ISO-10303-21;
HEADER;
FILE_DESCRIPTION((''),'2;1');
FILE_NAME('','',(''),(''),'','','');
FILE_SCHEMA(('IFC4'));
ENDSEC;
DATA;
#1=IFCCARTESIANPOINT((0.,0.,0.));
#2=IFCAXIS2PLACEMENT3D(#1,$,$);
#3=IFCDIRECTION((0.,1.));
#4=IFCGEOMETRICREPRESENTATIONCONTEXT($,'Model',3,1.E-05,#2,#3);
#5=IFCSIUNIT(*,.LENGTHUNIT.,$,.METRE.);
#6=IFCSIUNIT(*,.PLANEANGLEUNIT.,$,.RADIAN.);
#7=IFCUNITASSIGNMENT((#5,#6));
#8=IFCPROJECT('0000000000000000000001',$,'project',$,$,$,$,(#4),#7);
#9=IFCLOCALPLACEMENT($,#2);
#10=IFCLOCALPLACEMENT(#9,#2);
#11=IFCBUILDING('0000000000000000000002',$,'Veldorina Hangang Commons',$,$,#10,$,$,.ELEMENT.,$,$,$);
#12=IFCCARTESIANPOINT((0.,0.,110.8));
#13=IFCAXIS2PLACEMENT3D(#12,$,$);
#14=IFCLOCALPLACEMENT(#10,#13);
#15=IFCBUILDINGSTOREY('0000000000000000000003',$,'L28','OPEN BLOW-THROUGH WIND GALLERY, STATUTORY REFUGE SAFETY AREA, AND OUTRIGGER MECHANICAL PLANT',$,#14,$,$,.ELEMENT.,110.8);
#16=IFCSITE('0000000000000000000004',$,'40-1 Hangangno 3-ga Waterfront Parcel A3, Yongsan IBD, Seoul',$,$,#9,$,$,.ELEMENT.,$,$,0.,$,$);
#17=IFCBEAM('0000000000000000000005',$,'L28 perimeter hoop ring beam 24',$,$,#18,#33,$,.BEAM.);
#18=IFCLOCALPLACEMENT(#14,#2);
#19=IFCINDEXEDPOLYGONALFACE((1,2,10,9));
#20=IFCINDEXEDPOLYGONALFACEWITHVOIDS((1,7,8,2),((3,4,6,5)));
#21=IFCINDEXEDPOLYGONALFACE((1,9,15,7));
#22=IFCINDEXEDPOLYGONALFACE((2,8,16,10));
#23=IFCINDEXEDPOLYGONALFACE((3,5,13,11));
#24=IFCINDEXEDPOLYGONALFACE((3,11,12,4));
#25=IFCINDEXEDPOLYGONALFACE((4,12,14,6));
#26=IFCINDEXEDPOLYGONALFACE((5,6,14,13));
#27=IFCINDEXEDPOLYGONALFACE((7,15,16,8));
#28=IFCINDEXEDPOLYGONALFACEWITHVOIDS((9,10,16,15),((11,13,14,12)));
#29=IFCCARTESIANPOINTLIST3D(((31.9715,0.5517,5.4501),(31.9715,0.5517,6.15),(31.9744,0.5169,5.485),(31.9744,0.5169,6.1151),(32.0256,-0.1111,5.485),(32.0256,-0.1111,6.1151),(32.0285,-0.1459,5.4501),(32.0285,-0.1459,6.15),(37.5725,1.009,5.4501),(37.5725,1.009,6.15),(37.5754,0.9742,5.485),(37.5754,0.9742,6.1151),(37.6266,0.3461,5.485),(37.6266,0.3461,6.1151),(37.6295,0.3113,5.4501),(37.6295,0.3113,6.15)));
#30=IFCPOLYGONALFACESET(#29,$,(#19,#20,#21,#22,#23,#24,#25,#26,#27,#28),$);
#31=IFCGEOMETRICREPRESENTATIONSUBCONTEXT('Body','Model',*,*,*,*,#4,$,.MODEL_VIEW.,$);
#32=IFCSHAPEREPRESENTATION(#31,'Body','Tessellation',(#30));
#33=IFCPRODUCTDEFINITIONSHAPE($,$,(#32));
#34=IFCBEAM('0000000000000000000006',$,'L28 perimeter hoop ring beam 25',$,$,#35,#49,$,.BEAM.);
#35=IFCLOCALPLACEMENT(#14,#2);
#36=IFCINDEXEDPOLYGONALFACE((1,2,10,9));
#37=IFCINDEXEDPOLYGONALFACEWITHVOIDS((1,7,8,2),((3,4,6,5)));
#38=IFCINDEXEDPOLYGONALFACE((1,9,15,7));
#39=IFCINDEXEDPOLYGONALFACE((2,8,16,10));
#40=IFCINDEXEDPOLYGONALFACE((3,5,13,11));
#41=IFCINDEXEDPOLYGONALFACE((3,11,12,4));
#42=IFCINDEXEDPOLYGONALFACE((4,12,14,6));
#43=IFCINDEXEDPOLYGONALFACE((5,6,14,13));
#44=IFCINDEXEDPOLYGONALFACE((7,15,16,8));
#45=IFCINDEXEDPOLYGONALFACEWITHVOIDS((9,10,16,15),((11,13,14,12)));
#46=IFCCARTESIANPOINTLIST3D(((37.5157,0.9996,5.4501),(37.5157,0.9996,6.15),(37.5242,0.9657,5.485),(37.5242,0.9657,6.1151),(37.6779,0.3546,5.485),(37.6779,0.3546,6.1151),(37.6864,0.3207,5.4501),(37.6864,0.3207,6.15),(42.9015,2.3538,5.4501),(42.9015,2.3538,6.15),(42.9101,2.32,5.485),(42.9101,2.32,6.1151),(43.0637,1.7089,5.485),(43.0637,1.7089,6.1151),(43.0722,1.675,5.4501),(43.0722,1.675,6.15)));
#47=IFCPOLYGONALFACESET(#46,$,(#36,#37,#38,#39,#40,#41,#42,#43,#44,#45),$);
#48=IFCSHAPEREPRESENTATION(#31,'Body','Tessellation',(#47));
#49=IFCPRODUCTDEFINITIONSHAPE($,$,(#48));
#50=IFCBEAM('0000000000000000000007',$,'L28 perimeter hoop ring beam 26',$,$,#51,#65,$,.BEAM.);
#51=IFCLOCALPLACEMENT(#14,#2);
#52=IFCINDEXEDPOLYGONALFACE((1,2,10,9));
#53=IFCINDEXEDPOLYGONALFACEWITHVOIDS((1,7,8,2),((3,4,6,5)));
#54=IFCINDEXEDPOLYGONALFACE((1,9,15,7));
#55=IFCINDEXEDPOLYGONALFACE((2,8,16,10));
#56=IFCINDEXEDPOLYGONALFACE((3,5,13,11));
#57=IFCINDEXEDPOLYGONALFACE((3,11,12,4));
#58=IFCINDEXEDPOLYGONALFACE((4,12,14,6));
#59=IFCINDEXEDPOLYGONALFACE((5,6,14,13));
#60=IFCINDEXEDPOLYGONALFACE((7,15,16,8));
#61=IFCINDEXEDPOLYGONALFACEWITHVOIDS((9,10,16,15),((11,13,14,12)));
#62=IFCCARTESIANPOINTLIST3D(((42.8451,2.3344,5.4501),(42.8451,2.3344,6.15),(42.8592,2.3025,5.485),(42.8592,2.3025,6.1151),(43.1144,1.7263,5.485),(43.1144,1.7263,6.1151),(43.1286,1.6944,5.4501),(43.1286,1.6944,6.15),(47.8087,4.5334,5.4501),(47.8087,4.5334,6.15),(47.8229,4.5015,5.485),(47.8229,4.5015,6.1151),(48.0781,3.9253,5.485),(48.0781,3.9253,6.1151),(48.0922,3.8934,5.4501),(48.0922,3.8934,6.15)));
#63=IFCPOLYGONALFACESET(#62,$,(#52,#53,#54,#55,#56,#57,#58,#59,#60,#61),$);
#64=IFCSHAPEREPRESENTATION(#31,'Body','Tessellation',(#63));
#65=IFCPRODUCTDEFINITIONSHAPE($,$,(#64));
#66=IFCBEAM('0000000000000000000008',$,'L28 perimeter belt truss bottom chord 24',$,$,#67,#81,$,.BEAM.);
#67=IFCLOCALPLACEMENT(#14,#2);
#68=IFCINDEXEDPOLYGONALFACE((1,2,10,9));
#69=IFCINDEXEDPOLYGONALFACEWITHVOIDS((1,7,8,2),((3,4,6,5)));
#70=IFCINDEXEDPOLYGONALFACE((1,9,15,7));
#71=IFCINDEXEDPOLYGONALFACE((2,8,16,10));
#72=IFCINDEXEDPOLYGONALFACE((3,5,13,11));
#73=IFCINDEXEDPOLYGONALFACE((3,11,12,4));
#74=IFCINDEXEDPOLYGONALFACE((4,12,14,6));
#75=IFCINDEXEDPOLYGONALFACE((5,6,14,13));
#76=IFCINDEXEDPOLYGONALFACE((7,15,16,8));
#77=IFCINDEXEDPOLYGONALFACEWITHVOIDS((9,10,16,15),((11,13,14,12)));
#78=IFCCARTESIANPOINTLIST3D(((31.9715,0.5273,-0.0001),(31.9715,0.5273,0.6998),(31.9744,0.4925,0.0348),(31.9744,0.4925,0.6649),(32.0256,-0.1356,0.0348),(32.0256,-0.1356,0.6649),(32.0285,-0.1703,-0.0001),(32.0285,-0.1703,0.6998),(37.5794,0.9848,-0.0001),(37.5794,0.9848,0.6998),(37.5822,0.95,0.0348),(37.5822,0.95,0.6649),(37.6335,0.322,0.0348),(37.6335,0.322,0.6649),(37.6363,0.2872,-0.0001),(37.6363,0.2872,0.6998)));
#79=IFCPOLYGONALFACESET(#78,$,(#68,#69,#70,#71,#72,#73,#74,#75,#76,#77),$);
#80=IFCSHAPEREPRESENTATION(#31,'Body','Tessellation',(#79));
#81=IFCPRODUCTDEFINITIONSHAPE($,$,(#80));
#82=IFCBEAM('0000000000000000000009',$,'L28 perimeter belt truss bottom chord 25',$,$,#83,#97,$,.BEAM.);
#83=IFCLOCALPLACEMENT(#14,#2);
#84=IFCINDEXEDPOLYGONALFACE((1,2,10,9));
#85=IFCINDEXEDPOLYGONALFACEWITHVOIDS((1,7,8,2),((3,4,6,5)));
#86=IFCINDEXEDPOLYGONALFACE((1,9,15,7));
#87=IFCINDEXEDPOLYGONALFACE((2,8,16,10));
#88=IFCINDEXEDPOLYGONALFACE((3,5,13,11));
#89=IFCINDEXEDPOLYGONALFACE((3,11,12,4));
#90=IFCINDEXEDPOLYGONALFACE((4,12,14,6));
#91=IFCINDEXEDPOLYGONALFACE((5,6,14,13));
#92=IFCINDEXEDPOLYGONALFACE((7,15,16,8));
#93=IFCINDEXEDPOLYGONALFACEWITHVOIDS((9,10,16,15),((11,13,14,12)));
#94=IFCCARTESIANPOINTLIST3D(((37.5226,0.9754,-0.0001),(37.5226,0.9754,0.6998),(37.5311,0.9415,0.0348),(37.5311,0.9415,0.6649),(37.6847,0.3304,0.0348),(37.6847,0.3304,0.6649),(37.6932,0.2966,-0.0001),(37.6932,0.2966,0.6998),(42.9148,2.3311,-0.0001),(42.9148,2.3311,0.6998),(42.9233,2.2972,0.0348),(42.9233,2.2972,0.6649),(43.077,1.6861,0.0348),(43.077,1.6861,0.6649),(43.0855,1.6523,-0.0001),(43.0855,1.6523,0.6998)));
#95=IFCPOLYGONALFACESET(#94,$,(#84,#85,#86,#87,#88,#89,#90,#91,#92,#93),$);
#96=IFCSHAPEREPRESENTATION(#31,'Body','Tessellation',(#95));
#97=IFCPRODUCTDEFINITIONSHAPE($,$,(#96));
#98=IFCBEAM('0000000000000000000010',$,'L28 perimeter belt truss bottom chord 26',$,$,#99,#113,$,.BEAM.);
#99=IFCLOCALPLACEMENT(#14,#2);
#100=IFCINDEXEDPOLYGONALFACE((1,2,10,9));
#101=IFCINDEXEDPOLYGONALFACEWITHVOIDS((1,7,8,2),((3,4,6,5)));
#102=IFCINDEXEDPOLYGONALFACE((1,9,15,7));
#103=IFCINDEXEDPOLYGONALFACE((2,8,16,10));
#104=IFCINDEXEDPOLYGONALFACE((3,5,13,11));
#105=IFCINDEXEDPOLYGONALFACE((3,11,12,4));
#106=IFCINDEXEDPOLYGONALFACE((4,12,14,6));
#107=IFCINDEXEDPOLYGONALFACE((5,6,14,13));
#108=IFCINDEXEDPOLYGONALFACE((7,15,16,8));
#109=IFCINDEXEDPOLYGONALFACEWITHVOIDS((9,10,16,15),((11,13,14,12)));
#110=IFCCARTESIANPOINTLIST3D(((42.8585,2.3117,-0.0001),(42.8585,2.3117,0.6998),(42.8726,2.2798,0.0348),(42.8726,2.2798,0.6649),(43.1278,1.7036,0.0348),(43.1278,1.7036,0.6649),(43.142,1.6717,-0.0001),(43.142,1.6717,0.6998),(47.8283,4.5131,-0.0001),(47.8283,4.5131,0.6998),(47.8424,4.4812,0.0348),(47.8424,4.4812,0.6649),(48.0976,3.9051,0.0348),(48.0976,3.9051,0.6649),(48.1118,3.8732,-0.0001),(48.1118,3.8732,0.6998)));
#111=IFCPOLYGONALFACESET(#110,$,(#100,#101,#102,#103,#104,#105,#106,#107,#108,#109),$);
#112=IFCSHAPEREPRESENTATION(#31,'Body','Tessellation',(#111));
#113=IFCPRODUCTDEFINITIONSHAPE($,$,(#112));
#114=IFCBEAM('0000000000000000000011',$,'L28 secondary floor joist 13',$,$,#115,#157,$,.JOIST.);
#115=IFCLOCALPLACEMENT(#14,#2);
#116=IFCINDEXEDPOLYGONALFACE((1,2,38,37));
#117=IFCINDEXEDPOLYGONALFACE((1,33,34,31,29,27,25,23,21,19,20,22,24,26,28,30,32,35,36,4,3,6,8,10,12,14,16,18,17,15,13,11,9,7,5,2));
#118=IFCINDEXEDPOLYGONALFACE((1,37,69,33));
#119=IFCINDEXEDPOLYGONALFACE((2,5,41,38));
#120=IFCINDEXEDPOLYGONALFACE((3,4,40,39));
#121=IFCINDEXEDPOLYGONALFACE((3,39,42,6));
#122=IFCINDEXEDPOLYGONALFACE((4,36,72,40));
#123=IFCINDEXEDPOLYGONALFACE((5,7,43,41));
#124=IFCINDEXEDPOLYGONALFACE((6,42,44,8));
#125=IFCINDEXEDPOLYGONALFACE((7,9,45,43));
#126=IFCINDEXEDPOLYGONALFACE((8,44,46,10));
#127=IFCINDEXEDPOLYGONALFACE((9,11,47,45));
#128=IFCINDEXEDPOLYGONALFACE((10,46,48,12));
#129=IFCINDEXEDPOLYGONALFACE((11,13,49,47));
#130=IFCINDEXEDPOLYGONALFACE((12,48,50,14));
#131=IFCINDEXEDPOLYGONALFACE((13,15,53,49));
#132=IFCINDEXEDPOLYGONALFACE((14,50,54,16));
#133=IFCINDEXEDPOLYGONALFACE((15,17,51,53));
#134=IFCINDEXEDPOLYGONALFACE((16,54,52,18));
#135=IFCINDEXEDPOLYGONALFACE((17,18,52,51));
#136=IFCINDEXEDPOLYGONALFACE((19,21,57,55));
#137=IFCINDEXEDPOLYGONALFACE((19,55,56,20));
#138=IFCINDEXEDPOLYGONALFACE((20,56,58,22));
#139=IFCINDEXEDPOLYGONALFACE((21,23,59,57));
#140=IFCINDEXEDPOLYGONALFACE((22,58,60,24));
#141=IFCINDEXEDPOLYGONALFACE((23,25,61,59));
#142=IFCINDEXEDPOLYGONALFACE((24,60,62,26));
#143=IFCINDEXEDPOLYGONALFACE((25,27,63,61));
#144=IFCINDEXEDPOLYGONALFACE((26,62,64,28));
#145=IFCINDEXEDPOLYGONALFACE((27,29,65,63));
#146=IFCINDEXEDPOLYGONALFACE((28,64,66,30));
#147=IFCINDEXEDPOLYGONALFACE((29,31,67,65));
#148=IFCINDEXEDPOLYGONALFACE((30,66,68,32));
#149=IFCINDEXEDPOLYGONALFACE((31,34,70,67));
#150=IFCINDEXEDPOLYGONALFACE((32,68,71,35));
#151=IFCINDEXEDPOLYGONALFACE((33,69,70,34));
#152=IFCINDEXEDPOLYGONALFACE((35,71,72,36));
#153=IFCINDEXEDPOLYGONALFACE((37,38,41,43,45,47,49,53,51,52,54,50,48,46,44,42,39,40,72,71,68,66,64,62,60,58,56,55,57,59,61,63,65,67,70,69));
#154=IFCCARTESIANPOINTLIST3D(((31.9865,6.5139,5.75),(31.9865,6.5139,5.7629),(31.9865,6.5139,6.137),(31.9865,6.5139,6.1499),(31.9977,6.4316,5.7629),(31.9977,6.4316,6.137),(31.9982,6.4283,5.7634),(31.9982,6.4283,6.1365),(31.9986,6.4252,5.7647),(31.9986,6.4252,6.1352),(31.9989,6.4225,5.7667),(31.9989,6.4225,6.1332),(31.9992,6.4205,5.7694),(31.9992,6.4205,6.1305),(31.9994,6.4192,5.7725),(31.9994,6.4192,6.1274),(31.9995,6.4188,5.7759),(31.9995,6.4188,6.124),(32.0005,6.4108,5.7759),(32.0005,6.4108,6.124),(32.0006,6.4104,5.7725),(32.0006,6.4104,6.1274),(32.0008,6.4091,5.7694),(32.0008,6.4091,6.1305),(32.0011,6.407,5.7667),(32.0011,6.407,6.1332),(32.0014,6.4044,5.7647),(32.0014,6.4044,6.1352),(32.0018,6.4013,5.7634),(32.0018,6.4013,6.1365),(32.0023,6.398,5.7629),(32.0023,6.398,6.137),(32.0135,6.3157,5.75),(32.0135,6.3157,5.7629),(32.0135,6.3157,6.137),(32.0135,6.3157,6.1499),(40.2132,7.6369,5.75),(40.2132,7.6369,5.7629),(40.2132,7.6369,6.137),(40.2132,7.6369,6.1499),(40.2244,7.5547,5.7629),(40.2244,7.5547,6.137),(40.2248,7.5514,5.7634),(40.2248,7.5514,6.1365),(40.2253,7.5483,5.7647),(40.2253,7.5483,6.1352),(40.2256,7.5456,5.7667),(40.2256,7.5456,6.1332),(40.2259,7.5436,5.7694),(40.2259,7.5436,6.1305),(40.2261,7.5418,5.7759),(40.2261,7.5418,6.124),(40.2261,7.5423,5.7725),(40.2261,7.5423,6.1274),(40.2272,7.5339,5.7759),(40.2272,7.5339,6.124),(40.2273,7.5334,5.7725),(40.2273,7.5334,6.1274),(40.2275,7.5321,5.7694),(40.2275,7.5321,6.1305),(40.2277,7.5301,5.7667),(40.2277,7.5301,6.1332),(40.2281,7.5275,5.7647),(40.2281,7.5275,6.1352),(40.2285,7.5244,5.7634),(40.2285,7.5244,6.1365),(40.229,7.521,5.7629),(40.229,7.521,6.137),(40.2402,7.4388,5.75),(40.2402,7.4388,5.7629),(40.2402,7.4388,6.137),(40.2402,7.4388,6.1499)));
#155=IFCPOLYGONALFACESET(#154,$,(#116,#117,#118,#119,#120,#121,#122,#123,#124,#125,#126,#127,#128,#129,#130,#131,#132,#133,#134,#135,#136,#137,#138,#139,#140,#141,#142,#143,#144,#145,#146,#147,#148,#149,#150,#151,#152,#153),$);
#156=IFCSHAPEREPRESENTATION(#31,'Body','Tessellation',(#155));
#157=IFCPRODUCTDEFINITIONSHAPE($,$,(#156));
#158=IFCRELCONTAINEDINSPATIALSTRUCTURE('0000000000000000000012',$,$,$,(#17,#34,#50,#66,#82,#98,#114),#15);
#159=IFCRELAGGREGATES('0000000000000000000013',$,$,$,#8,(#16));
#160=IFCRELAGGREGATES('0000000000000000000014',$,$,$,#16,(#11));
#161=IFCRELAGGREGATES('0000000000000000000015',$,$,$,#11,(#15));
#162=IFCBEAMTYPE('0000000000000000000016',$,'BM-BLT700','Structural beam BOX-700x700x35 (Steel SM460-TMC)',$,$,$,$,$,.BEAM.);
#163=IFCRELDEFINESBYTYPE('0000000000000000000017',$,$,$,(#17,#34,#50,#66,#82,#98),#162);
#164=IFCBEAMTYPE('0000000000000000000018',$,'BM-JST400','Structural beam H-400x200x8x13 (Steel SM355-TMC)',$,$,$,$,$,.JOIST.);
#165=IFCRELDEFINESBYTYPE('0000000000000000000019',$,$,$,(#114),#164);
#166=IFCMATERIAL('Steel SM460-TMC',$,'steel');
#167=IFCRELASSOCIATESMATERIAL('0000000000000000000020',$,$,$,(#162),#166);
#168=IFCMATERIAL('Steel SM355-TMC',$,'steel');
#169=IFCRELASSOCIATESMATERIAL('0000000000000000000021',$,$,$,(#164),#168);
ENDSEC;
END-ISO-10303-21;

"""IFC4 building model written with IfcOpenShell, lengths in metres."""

from ifc_helpers import new_model, si_unit, direction, frame, origin, origin_2d, place, context, subcontext, project, spatial, hollow_rectangle, i_section, extrude, material, material_profile, profile_set, type_object, element, save


model = new_model("IFC4")

# Units and contexts
model_context = context("Model", 3, precision=1e-05, world=origin(), true_north=direction((0.0, 1.0)))
body_context = subcontext(model_context, "Body", "Model", "MODEL_VIEW")
ifc_project = project(units=[si_unit("LENGTHUNIT", "METRE"), si_unit("PLANEANGLEUNIT", "RADIAN")], contexts=[model_context])

# Site, building, storey
site_placement = place(None, origin())
site = spatial("IfcSite", under=ifc_project, at=site_placement, Name="40-1 Hangangno 3-ga Waterfront Parcel A3, Yongsan IBD, Seoul", CompositionType="ELEMENT", RefElevation=0.0)
building_placement = place(site_placement, origin())
building = spatial("IfcBuilding", under=site, at=building_placement, Name="Veldorina Hangang Commons", CompositionType="ELEMENT")
storey_placement = place(building_placement, frame((0.0, 0.0, 110.8)))
storey = spatial("IfcBuildingStorey", under=building, at=storey_placement, Name="L28", Description="OPEN BLOW-THROUGH WIND GALLERY, STATUTORY REFUGE SAFETY AREA, AND OUTRIGGER MECHANICAL PLANT", CompositionType="ELEMENT", Elevation=110.8)

# Beams
ifc_material_1 = material(Name="Steel SM460-TMC", Category="steel")
ifc_material_profile_1 = material_profile(ifc_material_1, hollow_rectangle(XDim=0.7, YDim=0.7, WallThickness=0.0349, at=origin_2d()), Name="BOX-700x700x35")
ifc_profile_set_1 = profile_set([ifc_material_profile_1], Name="Steel SM460-TMC")
beam_type_1 = type_object("IfcBeamType", Name="BM-BLT700", Description="Structural beam BOX-700x700x35 (Steel SM460-TMC)", PredefinedType="BEAM", material=ifc_profile_set_1)
beam_1_placement = place(storey_placement, frame((32.0, 0.2029, 5.8), z_axis=(0.996684, 0.08137, 0.0), x_axis=(-0.08137, 0.996684, 0.0)))
element("IfcBeam", 1, at=beam_1_placement, inside=storey, type_object=beam_type_1, Name="L28 perimeter hoop ring beam 24", PredefinedType="BEAM", context=body_context, shape_type="SweptSolid", body=[
    extrude(hollow_rectangle(XDim=0.7, YDim=0.7, WallThickness=0.0349, at=origin_2d()), origin(), (0.0, 0.0, 1.0), 5.6196),
])
beam_2_placement = place(storey_placement, frame((37.6011, 0.6602, 5.8), z_axis=(0.969811, 0.243859, 0.0), x_axis=(-0.243859, 0.969811, 0.0)))
element("IfcBeam", 2, at=beam_2_placement, inside=storey, type_object=beam_type_1, Name="L28 perimeter hoop ring beam 25", PredefinedType="BEAM", context=body_context, shape_type="SweptSolid", body=[
    extrude(hollow_rectangle(XDim=0.7, YDim=0.7, WallThickness=0.0349, at=origin_2d()), origin(), (0.0, 0.0, 1.0), 5.5535),
])
beam_3_placement = place(storey_placement, frame((42.9868, 2.0144, 5.8), z_axis=(0.914295, 0.405049, 0.0), x_axis=(-0.405049, 0.914295, 0.0)))
element("IfcBeam", 3, at=beam_3_placement, inside=storey, type_object=beam_type_1, Name="L28 perimeter hoop ring beam 26", PredefinedType="BEAM", context=body_context, shape_type="SweptSolid", body=[
    extrude(hollow_rectangle(XDim=0.7, YDim=0.7, WallThickness=0.0349, at=origin_2d()), origin(), (0.0, 0.0, 1.0), 5.429),
])
beam_4_placement = place(storey_placement, frame((32.0, 0.1785, 0.3499), z_axis=(0.996688, 0.081315, 0.0), x_axis=(-0.081315, 0.996688, 0.0)))
element("IfcBeam", 4, at=beam_4_placement, inside=storey, type_object=beam_type_1, Name="L28 perimeter belt truss bottom chord 24", PredefinedType="BEAM", context=body_context, shape_type="SweptSolid", body=[
    extrude(hollow_rectangle(XDim=0.7, YDim=0.7, WallThickness=0.0349, at=origin_2d()), origin(), (0.0, 0.0, 1.0), 5.6265),
])
beam_5_placement = place(storey_placement, frame((37.6079, 0.636, 0.3499), z_axis=(0.969819, 0.243827, 0.0), x_axis=(-0.243827, 0.969819, 0.0)))
element("IfcBeam", 5, at=beam_5_placement, inside=storey, type_object=beam_type_1, Name="L28 perimeter belt truss bottom chord 25", PredefinedType="BEAM", context=body_context, shape_type="SweptSolid", body=[
    extrude(hollow_rectangle(XDim=0.7, YDim=0.7, WallThickness=0.0349, at=origin_2d()), origin(), (0.0, 0.0, 1.0), 5.5601),
])
beam_6_placement = place(storey_placement, frame((43.0002, 1.9917, 0.3499), z_axis=(0.914313, 0.405009, 0.0), x_axis=(-0.405009, 0.914313, 0.0)))
element("IfcBeam", 6, at=beam_6_placement, inside=storey, type_object=beam_type_1, Name="L28 perimeter belt truss bottom chord 26", PredefinedType="BEAM", context=body_context, shape_type="SweptSolid", body=[
    extrude(hollow_rectangle(XDim=0.7, YDim=0.7, WallThickness=0.0349, at=origin_2d()), origin(), (0.0, 0.0, 1.0), 5.4355),
])
ifc_material_2 = material(Name="Steel SM355-TMC", Category="steel")
ifc_material_profile_2 = material_profile(ifc_material_2, i_section(OverallWidth=0.2, OverallDepth=0.3999, WebThickness=0.0081, FlangeThickness=0.0129, FilletRadius=0.0129, at=origin_2d()), Name="H-400x200x8x13")
ifc_profile_set_2 = profile_set([ifc_material_profile_2], Name="Steel SM355-TMC")
beam_type_2 = type_object("IfcBeamType", Name="BM-JST400", Description="Structural beam H-400x200x8x13 (Steel SM355-TMC)", PredefinedType="JOIST", material=ifc_profile_set_2)
beam_7_placement = place(storey_placement, frame((32.0, 6.4148, 5.95), z_axis=(0.99081, 0.13526, 0.0), x_axis=(-0.13526, 0.99081, 0.0)))
element("IfcBeam", 7, at=beam_7_placement, inside=storey, type_object=beam_type_2, Name="L28 secondary floor joist 13", PredefinedType="JOIST", context=body_context, shape_type="SweptSolid", body=[
    extrude(i_section(OverallWidth=0.2, OverallDepth=0.3999, WebThickness=0.0081, FlangeThickness=0.0129, FilletRadius=0.0129, at=origin_2d()), origin(), (0.0, 0.0, 1.0), 8.303),
])

save(model, "model.ifc")
